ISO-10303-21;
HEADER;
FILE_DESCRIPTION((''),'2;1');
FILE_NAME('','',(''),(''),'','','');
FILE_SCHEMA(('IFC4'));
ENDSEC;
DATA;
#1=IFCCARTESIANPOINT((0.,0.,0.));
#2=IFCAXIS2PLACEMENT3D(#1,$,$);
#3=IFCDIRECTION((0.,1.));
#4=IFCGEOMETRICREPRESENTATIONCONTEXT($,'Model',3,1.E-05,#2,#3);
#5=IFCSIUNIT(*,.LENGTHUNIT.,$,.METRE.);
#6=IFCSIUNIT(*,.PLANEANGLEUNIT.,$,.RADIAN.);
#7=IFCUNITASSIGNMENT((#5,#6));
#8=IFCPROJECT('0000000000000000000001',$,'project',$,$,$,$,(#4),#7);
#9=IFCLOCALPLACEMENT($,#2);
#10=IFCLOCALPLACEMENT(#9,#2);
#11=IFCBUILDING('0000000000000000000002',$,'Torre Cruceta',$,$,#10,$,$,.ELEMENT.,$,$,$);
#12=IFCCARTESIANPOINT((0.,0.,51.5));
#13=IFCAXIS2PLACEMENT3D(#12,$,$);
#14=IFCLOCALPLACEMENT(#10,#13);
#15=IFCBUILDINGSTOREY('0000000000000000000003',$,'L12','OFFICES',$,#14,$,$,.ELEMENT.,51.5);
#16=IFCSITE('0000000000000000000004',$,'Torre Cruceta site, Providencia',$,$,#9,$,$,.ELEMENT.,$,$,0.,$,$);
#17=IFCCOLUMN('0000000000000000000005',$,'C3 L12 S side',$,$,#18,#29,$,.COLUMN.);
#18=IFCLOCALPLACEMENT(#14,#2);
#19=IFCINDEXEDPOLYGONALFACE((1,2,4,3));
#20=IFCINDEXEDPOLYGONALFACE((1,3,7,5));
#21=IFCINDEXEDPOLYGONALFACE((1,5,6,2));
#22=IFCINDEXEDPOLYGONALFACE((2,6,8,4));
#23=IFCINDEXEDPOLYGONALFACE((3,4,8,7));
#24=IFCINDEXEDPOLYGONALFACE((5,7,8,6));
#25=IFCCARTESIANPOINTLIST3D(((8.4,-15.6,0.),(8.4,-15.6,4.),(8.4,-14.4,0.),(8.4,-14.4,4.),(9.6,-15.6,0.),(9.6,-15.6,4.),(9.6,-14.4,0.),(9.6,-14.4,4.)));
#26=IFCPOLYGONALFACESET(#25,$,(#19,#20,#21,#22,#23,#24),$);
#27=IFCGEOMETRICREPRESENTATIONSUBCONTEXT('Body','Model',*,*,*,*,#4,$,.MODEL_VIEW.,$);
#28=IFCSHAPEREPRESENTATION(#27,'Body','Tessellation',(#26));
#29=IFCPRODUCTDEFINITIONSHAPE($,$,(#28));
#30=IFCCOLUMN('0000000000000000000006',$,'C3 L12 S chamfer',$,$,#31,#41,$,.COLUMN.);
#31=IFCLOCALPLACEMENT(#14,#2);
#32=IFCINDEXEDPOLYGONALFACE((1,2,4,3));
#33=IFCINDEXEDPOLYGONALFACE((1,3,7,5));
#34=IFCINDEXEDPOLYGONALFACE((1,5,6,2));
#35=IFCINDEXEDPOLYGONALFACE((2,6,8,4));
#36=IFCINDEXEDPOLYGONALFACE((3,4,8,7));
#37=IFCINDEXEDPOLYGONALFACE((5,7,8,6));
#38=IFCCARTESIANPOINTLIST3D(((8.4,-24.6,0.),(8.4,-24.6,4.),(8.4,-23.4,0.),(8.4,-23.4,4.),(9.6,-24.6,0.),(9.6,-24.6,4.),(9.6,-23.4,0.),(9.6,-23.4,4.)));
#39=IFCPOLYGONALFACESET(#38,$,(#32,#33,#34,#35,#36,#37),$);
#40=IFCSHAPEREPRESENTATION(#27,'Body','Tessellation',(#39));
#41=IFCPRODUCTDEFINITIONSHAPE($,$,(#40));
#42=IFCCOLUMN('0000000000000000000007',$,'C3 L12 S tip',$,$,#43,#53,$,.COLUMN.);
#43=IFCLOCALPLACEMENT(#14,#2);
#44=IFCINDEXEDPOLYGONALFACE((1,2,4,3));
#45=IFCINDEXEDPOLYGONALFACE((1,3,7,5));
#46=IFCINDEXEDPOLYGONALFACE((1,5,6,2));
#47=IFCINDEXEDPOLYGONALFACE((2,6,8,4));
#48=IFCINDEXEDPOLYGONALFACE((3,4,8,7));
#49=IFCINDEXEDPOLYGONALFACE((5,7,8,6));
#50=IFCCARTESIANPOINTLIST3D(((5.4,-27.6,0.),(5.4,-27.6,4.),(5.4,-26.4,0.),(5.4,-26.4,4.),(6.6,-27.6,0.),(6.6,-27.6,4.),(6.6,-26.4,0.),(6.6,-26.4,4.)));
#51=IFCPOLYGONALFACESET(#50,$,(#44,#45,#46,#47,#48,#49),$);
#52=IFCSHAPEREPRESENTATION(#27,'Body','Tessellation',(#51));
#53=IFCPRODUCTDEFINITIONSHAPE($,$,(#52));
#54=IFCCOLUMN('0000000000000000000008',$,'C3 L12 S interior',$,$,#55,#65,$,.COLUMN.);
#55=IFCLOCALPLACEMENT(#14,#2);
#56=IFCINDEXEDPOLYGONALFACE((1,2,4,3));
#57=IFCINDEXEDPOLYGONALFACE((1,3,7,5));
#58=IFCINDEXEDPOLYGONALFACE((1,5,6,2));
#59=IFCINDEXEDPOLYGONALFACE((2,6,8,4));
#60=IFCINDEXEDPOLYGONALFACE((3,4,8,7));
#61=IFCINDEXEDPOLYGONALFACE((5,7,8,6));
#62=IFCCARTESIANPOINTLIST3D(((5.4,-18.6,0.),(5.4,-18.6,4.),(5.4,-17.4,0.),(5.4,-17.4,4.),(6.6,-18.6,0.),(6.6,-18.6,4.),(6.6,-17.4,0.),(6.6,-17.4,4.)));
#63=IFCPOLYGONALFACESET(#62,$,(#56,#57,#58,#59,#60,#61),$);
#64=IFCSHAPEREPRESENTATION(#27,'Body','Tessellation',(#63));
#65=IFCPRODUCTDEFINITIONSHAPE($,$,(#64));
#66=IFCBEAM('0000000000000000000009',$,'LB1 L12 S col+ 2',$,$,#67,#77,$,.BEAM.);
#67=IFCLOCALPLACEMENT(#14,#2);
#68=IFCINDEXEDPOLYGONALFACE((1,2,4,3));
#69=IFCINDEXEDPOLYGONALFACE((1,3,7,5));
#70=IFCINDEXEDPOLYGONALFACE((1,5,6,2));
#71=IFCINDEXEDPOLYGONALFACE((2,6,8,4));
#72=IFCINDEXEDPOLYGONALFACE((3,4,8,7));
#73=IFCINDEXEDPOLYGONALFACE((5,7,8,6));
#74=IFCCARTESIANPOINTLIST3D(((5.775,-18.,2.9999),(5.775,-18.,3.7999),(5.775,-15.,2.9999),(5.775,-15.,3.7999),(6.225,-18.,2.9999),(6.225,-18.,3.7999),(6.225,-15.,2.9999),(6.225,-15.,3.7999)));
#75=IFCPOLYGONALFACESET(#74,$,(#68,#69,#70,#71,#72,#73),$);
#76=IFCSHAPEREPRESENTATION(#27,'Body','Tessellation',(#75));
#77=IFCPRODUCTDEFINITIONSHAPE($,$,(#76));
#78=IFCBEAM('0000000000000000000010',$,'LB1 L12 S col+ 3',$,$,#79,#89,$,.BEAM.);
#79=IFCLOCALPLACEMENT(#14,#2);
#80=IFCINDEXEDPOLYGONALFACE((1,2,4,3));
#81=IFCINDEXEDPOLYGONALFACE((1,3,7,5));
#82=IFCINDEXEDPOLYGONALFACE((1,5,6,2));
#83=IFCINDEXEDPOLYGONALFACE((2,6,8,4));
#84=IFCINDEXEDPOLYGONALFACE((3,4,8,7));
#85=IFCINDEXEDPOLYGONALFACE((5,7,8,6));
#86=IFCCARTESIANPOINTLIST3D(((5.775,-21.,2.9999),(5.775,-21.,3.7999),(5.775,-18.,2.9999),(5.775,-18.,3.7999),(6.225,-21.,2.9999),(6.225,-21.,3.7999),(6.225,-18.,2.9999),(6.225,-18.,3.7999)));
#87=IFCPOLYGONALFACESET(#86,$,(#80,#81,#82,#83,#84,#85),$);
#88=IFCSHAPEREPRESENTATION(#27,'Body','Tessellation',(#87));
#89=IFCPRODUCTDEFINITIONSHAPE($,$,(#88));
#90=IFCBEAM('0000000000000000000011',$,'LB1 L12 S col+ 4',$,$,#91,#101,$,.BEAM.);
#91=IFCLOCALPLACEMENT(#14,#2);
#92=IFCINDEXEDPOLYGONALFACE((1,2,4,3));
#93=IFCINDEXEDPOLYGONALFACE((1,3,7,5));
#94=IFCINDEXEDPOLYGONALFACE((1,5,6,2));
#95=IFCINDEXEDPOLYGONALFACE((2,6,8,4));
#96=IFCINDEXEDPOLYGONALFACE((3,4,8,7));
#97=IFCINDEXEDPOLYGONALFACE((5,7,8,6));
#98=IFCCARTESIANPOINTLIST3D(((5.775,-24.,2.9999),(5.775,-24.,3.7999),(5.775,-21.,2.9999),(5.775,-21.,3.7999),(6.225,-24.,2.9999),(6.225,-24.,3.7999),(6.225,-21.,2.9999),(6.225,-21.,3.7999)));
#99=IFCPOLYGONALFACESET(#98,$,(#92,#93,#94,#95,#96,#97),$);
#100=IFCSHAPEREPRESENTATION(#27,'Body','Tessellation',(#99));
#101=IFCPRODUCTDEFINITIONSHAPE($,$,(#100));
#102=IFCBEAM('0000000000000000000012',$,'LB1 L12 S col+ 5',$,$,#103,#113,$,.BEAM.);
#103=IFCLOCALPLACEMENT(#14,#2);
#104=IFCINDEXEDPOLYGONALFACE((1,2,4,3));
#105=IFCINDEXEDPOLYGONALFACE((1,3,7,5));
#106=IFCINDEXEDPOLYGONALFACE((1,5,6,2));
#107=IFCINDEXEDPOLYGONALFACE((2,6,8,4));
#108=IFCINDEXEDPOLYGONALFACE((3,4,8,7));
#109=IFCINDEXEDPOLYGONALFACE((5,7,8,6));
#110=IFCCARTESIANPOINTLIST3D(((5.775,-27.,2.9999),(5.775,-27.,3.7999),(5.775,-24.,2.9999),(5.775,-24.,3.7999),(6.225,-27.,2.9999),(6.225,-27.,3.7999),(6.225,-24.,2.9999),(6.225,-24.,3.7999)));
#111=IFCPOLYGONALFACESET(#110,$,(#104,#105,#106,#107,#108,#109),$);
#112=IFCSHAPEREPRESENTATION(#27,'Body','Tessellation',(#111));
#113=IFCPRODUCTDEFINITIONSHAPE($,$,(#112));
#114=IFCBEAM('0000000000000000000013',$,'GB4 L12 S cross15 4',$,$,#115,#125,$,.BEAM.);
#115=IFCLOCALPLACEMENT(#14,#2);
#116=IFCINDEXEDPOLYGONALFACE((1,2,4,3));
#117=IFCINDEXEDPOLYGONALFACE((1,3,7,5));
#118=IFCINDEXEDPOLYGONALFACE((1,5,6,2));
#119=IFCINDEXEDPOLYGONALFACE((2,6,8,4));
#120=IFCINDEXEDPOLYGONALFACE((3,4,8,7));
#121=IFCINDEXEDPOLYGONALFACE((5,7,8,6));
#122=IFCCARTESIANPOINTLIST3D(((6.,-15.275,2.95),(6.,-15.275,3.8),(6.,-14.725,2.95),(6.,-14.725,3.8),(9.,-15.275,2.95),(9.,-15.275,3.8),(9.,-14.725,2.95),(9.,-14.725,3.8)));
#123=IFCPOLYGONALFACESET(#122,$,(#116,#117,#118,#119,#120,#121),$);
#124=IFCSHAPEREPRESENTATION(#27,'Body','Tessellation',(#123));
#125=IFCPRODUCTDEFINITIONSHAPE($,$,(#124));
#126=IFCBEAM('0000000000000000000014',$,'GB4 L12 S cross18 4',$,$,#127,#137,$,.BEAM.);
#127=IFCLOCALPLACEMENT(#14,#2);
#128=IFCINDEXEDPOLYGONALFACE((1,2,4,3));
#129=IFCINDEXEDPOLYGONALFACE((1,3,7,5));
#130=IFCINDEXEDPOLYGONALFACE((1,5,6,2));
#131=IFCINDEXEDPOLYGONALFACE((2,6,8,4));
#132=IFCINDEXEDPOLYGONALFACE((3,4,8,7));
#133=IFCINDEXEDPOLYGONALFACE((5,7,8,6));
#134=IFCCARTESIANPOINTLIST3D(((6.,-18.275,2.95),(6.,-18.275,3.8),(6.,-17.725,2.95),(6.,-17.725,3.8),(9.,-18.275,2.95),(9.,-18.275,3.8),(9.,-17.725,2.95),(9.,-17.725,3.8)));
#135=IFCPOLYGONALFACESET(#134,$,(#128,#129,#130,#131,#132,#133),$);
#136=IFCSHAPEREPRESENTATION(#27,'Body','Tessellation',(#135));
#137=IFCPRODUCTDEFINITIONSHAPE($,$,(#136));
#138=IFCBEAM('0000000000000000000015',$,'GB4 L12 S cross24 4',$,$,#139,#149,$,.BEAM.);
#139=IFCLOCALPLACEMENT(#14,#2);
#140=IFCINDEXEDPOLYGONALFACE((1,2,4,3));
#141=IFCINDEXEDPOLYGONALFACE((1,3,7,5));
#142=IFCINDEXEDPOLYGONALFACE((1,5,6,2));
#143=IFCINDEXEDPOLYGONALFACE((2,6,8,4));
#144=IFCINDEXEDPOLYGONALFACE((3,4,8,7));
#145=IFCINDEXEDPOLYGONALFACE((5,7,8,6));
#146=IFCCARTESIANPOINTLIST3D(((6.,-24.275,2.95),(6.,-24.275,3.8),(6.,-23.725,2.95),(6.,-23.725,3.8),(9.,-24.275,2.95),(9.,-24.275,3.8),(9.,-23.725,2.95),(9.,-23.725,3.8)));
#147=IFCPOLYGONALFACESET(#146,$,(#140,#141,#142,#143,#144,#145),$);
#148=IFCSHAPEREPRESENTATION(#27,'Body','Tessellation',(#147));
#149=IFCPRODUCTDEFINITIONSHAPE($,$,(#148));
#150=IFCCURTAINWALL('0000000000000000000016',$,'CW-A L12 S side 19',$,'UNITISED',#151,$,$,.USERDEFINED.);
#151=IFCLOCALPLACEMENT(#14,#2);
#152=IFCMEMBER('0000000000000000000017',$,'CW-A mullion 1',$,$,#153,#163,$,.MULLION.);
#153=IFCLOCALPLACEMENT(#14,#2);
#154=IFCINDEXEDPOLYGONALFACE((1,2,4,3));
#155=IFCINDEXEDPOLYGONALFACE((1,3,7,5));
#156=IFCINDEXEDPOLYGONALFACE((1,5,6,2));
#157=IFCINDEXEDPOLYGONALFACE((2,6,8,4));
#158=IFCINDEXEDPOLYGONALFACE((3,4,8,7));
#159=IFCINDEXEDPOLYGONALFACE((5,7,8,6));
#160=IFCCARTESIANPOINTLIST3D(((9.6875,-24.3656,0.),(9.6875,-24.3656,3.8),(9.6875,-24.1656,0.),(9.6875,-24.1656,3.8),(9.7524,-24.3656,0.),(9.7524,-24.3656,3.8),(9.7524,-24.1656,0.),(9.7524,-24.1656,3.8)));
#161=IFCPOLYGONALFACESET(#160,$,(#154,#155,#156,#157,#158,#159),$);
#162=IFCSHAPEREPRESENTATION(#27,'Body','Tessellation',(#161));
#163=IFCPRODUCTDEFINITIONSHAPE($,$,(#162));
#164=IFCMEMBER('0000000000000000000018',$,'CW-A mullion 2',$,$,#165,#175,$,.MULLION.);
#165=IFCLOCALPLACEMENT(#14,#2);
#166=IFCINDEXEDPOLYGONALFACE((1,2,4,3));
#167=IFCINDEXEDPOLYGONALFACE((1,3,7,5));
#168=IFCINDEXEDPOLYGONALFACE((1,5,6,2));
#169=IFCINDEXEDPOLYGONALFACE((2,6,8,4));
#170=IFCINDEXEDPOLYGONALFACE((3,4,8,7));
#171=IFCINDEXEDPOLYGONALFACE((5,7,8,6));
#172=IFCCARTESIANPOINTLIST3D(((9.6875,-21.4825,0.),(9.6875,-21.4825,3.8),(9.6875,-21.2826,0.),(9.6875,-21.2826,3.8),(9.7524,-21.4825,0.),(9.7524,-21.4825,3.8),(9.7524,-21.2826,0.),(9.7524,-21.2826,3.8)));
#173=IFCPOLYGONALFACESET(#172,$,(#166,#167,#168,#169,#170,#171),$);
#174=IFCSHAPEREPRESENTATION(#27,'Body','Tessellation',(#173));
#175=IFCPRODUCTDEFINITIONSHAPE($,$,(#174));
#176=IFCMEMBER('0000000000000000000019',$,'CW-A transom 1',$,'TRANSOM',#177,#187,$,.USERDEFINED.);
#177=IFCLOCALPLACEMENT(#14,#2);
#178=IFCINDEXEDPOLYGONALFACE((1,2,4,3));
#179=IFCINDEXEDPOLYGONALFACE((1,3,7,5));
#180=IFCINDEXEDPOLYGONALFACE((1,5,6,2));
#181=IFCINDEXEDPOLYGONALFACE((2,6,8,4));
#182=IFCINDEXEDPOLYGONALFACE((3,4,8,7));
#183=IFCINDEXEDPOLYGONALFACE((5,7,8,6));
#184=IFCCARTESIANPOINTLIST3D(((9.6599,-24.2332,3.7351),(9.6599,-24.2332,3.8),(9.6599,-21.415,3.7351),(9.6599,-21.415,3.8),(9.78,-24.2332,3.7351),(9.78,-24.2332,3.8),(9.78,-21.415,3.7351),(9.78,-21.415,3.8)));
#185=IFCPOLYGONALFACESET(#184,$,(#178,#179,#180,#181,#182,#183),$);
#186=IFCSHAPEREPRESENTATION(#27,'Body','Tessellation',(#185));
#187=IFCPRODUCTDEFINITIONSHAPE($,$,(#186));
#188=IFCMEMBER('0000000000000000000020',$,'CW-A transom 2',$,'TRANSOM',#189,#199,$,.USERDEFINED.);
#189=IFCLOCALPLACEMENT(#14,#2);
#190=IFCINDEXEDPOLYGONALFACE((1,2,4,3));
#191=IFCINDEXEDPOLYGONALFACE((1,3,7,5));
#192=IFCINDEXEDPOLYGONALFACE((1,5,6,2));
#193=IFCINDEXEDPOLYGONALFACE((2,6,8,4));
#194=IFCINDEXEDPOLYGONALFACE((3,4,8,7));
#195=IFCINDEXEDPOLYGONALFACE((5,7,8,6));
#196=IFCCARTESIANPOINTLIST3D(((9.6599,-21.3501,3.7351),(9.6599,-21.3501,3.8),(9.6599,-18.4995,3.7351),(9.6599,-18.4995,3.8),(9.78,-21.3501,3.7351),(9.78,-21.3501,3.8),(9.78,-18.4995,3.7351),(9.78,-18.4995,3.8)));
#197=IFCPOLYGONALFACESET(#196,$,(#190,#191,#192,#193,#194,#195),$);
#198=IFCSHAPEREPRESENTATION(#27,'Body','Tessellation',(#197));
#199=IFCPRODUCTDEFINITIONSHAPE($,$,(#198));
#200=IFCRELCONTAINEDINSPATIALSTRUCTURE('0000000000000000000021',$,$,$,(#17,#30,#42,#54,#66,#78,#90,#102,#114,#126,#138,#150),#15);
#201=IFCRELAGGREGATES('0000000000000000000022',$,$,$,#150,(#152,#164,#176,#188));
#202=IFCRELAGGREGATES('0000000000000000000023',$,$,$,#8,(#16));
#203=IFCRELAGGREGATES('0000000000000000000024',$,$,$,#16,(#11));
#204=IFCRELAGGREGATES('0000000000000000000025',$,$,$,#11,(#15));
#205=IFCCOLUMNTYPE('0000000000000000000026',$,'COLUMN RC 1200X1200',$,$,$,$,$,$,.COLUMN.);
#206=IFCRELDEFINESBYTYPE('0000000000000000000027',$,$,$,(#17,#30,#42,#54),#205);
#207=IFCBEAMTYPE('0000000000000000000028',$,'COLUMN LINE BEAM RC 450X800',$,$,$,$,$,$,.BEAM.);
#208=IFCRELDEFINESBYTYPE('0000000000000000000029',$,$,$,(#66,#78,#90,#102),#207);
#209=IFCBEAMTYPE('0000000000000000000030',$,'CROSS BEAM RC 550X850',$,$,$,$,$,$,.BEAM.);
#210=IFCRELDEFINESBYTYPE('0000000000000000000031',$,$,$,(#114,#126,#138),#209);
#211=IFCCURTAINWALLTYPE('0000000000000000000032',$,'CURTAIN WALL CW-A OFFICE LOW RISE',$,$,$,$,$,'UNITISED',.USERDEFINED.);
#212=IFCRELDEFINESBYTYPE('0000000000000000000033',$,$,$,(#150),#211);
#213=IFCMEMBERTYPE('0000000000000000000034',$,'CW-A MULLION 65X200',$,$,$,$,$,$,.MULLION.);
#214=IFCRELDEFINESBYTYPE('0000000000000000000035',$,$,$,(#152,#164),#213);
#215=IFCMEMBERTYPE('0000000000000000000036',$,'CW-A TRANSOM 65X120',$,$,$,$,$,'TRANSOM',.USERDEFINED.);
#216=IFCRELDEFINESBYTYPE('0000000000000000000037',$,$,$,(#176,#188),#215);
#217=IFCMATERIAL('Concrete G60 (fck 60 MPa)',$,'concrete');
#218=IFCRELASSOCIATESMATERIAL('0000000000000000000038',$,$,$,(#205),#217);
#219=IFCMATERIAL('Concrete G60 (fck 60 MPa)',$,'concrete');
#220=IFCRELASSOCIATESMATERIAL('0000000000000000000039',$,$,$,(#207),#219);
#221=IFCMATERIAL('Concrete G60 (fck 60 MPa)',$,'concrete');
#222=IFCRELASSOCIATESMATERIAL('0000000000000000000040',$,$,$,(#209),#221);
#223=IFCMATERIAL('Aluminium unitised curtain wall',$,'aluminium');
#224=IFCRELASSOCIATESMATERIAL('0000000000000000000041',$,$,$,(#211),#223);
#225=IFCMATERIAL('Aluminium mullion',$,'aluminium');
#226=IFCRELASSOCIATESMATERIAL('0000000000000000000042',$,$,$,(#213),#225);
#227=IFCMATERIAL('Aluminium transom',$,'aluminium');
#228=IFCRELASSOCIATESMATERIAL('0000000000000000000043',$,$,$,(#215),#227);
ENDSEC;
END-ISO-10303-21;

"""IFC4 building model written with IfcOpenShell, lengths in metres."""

from ifc_helpers import new_model, si_unit, direction, frame, origin, origin_2d, place, context, subcontext, project, spatial, rectangle, extrude, material, material_profile, profile_set, type_object, element, aggregate, save


model = new_model("IFC4")

# Units and contexts
model_context = context("Model", 3, precision=1e-05, world=origin(), true_north=direction((0.0, 1.0)))
body_context = subcontext(model_context, "Body", "Model", "MODEL_VIEW")
ifc_project = project(units=[si_unit("LENGTHUNIT", "METRE"), si_unit("PLANEANGLEUNIT", "RADIAN")], contexts=[model_context])

# Site, building, storey
site_placement = place(None, origin())
site = spatial("IfcSite", under=ifc_project, at=site_placement, Name="Torre Cruceta site, Providencia", CompositionType="ELEMENT", RefElevation=0.0)
building_placement = place(site_placement, origin())
building = spatial("IfcBuilding", under=site, at=building_placement, Name="Torre Cruceta", CompositionType="ELEMENT")
storey_placement = place(building_placement, frame((0.0, 0.0, 51.5)))
storey = spatial("IfcBuildingStorey", under=building, at=storey_placement, Name="L12", Description="OFFICES", CompositionType="ELEMENT", Elevation=51.5)

# Columns
ifc_material_1 = material(Name="Concrete G60 (fck 60 MPa)", Category="concrete")
ifc_material_profile_1 = material_profile(ifc_material_1, rectangle(XDim=1.2, YDim=1.2, at=origin_2d()), Name="RC 1200X1200")
ifc_profile_set_1 = profile_set([ifc_material_profile_1], Name="Concrete G60 (fck 60 MPa)")
column_type = type_object("IfcColumnType", Name="COLUMN RC 1200X1200", PredefinedType="COLUMN", material=ifc_profile_set_1)
for number, where, z_axis, x_axis, name in (
    (1, (9.0, -15.0, 0.0), (0.0, 0.0, 1.0), (1.0, 0.0, 0.0), "C3 L12 S side"),
    (2, (9.0, -24.0, 0.0), (0.0, 0.0, 1.0), (1.0, 0.0, 0.0), "C3 L12 S chamfer"),
    (3, (6.0, -27.0, 0.0), (0.0, 0.0, 1.0), (1.0, 0.0, 0.0), "C3 L12 S tip"),
    (4, (6.0, -18.0, 0.0), (0.0, 0.0, 1.0), (1.0, 0.0, 0.0), "C3 L12 S interior"),
):
    element("IfcColumn", number, at=place(storey_placement, frame(where, z_axis=z_axis, x_axis=x_axis)), inside=storey, type_object=column_type, Name=name, PredefinedType="COLUMN", context=body_context, shape_type="SweptSolid", body=[
        extrude(rectangle(XDim=1.2, YDim=1.2, at=origin_2d()), origin(), (0.0, 0.0, 1.0), 4.0),
    ])

# Beams
ifc_material_2 = material(Name="Concrete G60 (fck 60 MPa)", Category="concrete")
ifc_material_profile_2 = material_profile(ifc_material_2, rectangle(XDim=0.45, YDim=0.8, at=origin_2d()), Name="RC 450X800")
ifc_profile_set_2 = profile_set([ifc_material_profile_2], Name="Concrete G60 (fck 60 MPa)")
beam_type_1 = type_object("IfcBeamType", Name="COLUMN LINE BEAM RC 450X800", PredefinedType="BEAM", material=ifc_profile_set_2)
for number, where, z_axis, x_axis, name in (
    (5, (6.0, -15.0, 3.3999), (0.0, -1.0, 0.0), (1.0, 0.0, 0.0), "LB1 L12 S col+ 2"),
    (6, (6.0, -18.0, 3.3999), (0.0, -1.0, 0.0), (1.0, 0.0, 0.0), "LB1 L12 S col+ 3"),
    (7, (6.0, -21.0, 3.3999), (0.0, -1.0, 0.0), (1.0, 0.0, 0.0), "LB1 L12 S col+ 4"),
    (8, (6.0, -24.0, 3.3999), (0.0, -1.0, 0.0), (1.0, 0.0, 0.0), "LB1 L12 S col+ 5"),
):
    element("IfcBeam", number, at=place(storey_placement, frame(where, z_axis=z_axis, x_axis=x_axis)), inside=storey, type_object=beam_type_1, Name=name, PredefinedType="BEAM", context=body_context, shape_type="SweptSolid", body=[
        extrude(rectangle(XDim=0.45, YDim=0.8, at=origin_2d()), origin(), (0.0, 0.0, 1.0), 3.0),
    ])
ifc_material_3 = material(Name="Concrete G60 (fck 60 MPa)", Category="concrete")
ifc_material_profile_3 = material_profile(ifc_material_3, rectangle(XDim=0.55, YDim=0.8501, at=origin_2d()), Name="RC 550X850")
ifc_profile_set_3 = profile_set([ifc_material_profile_3], Name="Concrete G60 (fck 60 MPa)")
beam_type_2 = type_object("IfcBeamType", Name="CROSS BEAM RC 550X850", PredefinedType="BEAM", material=ifc_profile_set_3)
for number, where, z_axis, x_axis, name in (
    (9, (6.0, -15.0, 3.375), (1.0, 0.0, 0.0), (0.0, 1.0, 0.0), "GB4 L12 S cross15 4"),
    (10, (6.0, -18.0, 3.375), (1.0, 0.0, 0.0), (0.0, 1.0, 0.0), "GB4 L12 S cross18 4"),
    (11, (6.0, -24.0, 3.375), (1.0, 0.0, 0.0), (0.0, 1.0, 0.0), "GB4 L12 S cross24 4"),
):
    element("IfcBeam", number, at=place(storey_placement, frame(where, z_axis=z_axis, x_axis=x_axis)), inside=storey, type_object=beam_type_2, Name=name, PredefinedType="BEAM", context=body_context, shape_type="SweptSolid", body=[
        extrude(rectangle(XDim=0.55, YDim=0.8501, at=origin_2d()), origin(), (0.0, 0.0, 1.0), 3.0),
    ])

# Curtain wall, members
ifc_material_4 = material(Name="Aluminium unitised curtain wall", Category="aluminium")
curtain_wall_type = type_object("IfcCurtainWallType", Name="CURTAIN WALL CW-A OFFICE LOW RISE", ElementType="UNITISED", PredefinedType="USERDEFINED", material=ifc_material_4)
curtain_wall_placement = place(storey_placement, origin())
curtain_wall = element("IfcCurtainWall", 12, at=curtain_wall_placement, inside=storey, type_object=curtain_wall_type, Name="CW-A L12 S side 19", ObjectType="UNITISED", PredefinedType="USERDEFINED")
ifc_material_5 = material(Name="Aluminium mullion", Category="aluminium")
ifc_material_profile_4 = material_profile(ifc_material_5, rectangle(XDim=0.0649, YDim=0.2, at=origin_2d()), Name="AL 65X200")
ifc_profile_set_4 = profile_set([ifc_material_profile_4], Name="Aluminium mullion")
member_type_1 = type_object("IfcMemberType", Name="CW-A MULLION 65X200", PredefinedType="MULLION", material=ifc_profile_set_4)
member_1_placement = place(storey_placement, frame((9.72, -24.2656, 0.0), z_axis=(0.0, 0.0, 1.0), x_axis=(-1.0, 0.0, 0.0)))
member_1 = element("IfcMember", 13, at=member_1_placement, type_object=member_type_1, Name="CW-A mullion 1", PredefinedType="MULLION", context=body_context, shape_type="SweptSolid", body=[
    extrude(rectangle(XDim=0.0649, YDim=0.2, at=origin_2d()), origin(), (0.0, 0.0, 1.0), 3.8),
])
member_2_placement = place(storey_placement, frame((9.72, -21.3826, 0.0), z_axis=(0.0, 0.0, 1.0), x_axis=(-1.0, 0.0, 0.0)))
member_2 = element("IfcMember", 14, at=member_2_placement, type_object=member_type_1, Name="CW-A mullion 2", PredefinedType="MULLION", context=body_context, shape_type="SweptSolid", body=[
    extrude(rectangle(XDim=0.0649, YDim=0.2, at=origin_2d()), origin(), (0.0, 0.0, 1.0), 3.8),
])
ifc_material_6 = material(Name="Aluminium transom", Category="aluminium")
ifc_material_profile_5 = material_profile(ifc_material_6, rectangle(XDim=0.1201, YDim=0.0649, at=origin_2d()), Name="AL 120X65")
ifc_profile_set_5 = profile_set([ifc_material_profile_5], Name="Aluminium transom")
member_type_2 = type_object("IfcMemberType", Name="CW-A TRANSOM 65X120", ElementType="TRANSOM", PredefinedType="USERDEFINED", material=ifc_profile_set_5)
member_3_placement = place(storey_placement, frame((9.72, -24.2332, 3.7676), z_axis=(0.0, 1.0, 0.0), x_axis=(-1.0, 0.0, 0.0)))
member_3 = element("IfcMember", 15, at=member_3_placement, type_object=member_type_2, Name="CW-A transom 1", ObjectType="TRANSOM", PredefinedType="USERDEFINED", context=body_context, shape_type="SweptSolid", body=[
    extrude(rectangle(XDim=0.1201, YDim=0.0649, at=origin_2d()), origin(), (0.0, 0.0, 1.0), 2.8181),
])
member_4_placement = place(storey_placement, frame((9.72, -21.3501, 3.7676), z_axis=(0.0, 1.0, 0.0), x_axis=(-1.0, 0.0, 0.0)))
member_4 = element("IfcMember", 16, at=member_4_placement, type_object=member_type_2, Name="CW-A transom 2", ObjectType="TRANSOM", PredefinedType="USERDEFINED", context=body_context, shape_type="SweptSolid", body=[
    extrude(rectangle(XDim=0.1201, YDim=0.0649, at=origin_2d()), origin(), (0.0, 0.0, 1.0), 2.8506),
])

aggregate(curtain_wall, [member_1, member_2, member_3, member_4])

save(model, "model.ifc")
